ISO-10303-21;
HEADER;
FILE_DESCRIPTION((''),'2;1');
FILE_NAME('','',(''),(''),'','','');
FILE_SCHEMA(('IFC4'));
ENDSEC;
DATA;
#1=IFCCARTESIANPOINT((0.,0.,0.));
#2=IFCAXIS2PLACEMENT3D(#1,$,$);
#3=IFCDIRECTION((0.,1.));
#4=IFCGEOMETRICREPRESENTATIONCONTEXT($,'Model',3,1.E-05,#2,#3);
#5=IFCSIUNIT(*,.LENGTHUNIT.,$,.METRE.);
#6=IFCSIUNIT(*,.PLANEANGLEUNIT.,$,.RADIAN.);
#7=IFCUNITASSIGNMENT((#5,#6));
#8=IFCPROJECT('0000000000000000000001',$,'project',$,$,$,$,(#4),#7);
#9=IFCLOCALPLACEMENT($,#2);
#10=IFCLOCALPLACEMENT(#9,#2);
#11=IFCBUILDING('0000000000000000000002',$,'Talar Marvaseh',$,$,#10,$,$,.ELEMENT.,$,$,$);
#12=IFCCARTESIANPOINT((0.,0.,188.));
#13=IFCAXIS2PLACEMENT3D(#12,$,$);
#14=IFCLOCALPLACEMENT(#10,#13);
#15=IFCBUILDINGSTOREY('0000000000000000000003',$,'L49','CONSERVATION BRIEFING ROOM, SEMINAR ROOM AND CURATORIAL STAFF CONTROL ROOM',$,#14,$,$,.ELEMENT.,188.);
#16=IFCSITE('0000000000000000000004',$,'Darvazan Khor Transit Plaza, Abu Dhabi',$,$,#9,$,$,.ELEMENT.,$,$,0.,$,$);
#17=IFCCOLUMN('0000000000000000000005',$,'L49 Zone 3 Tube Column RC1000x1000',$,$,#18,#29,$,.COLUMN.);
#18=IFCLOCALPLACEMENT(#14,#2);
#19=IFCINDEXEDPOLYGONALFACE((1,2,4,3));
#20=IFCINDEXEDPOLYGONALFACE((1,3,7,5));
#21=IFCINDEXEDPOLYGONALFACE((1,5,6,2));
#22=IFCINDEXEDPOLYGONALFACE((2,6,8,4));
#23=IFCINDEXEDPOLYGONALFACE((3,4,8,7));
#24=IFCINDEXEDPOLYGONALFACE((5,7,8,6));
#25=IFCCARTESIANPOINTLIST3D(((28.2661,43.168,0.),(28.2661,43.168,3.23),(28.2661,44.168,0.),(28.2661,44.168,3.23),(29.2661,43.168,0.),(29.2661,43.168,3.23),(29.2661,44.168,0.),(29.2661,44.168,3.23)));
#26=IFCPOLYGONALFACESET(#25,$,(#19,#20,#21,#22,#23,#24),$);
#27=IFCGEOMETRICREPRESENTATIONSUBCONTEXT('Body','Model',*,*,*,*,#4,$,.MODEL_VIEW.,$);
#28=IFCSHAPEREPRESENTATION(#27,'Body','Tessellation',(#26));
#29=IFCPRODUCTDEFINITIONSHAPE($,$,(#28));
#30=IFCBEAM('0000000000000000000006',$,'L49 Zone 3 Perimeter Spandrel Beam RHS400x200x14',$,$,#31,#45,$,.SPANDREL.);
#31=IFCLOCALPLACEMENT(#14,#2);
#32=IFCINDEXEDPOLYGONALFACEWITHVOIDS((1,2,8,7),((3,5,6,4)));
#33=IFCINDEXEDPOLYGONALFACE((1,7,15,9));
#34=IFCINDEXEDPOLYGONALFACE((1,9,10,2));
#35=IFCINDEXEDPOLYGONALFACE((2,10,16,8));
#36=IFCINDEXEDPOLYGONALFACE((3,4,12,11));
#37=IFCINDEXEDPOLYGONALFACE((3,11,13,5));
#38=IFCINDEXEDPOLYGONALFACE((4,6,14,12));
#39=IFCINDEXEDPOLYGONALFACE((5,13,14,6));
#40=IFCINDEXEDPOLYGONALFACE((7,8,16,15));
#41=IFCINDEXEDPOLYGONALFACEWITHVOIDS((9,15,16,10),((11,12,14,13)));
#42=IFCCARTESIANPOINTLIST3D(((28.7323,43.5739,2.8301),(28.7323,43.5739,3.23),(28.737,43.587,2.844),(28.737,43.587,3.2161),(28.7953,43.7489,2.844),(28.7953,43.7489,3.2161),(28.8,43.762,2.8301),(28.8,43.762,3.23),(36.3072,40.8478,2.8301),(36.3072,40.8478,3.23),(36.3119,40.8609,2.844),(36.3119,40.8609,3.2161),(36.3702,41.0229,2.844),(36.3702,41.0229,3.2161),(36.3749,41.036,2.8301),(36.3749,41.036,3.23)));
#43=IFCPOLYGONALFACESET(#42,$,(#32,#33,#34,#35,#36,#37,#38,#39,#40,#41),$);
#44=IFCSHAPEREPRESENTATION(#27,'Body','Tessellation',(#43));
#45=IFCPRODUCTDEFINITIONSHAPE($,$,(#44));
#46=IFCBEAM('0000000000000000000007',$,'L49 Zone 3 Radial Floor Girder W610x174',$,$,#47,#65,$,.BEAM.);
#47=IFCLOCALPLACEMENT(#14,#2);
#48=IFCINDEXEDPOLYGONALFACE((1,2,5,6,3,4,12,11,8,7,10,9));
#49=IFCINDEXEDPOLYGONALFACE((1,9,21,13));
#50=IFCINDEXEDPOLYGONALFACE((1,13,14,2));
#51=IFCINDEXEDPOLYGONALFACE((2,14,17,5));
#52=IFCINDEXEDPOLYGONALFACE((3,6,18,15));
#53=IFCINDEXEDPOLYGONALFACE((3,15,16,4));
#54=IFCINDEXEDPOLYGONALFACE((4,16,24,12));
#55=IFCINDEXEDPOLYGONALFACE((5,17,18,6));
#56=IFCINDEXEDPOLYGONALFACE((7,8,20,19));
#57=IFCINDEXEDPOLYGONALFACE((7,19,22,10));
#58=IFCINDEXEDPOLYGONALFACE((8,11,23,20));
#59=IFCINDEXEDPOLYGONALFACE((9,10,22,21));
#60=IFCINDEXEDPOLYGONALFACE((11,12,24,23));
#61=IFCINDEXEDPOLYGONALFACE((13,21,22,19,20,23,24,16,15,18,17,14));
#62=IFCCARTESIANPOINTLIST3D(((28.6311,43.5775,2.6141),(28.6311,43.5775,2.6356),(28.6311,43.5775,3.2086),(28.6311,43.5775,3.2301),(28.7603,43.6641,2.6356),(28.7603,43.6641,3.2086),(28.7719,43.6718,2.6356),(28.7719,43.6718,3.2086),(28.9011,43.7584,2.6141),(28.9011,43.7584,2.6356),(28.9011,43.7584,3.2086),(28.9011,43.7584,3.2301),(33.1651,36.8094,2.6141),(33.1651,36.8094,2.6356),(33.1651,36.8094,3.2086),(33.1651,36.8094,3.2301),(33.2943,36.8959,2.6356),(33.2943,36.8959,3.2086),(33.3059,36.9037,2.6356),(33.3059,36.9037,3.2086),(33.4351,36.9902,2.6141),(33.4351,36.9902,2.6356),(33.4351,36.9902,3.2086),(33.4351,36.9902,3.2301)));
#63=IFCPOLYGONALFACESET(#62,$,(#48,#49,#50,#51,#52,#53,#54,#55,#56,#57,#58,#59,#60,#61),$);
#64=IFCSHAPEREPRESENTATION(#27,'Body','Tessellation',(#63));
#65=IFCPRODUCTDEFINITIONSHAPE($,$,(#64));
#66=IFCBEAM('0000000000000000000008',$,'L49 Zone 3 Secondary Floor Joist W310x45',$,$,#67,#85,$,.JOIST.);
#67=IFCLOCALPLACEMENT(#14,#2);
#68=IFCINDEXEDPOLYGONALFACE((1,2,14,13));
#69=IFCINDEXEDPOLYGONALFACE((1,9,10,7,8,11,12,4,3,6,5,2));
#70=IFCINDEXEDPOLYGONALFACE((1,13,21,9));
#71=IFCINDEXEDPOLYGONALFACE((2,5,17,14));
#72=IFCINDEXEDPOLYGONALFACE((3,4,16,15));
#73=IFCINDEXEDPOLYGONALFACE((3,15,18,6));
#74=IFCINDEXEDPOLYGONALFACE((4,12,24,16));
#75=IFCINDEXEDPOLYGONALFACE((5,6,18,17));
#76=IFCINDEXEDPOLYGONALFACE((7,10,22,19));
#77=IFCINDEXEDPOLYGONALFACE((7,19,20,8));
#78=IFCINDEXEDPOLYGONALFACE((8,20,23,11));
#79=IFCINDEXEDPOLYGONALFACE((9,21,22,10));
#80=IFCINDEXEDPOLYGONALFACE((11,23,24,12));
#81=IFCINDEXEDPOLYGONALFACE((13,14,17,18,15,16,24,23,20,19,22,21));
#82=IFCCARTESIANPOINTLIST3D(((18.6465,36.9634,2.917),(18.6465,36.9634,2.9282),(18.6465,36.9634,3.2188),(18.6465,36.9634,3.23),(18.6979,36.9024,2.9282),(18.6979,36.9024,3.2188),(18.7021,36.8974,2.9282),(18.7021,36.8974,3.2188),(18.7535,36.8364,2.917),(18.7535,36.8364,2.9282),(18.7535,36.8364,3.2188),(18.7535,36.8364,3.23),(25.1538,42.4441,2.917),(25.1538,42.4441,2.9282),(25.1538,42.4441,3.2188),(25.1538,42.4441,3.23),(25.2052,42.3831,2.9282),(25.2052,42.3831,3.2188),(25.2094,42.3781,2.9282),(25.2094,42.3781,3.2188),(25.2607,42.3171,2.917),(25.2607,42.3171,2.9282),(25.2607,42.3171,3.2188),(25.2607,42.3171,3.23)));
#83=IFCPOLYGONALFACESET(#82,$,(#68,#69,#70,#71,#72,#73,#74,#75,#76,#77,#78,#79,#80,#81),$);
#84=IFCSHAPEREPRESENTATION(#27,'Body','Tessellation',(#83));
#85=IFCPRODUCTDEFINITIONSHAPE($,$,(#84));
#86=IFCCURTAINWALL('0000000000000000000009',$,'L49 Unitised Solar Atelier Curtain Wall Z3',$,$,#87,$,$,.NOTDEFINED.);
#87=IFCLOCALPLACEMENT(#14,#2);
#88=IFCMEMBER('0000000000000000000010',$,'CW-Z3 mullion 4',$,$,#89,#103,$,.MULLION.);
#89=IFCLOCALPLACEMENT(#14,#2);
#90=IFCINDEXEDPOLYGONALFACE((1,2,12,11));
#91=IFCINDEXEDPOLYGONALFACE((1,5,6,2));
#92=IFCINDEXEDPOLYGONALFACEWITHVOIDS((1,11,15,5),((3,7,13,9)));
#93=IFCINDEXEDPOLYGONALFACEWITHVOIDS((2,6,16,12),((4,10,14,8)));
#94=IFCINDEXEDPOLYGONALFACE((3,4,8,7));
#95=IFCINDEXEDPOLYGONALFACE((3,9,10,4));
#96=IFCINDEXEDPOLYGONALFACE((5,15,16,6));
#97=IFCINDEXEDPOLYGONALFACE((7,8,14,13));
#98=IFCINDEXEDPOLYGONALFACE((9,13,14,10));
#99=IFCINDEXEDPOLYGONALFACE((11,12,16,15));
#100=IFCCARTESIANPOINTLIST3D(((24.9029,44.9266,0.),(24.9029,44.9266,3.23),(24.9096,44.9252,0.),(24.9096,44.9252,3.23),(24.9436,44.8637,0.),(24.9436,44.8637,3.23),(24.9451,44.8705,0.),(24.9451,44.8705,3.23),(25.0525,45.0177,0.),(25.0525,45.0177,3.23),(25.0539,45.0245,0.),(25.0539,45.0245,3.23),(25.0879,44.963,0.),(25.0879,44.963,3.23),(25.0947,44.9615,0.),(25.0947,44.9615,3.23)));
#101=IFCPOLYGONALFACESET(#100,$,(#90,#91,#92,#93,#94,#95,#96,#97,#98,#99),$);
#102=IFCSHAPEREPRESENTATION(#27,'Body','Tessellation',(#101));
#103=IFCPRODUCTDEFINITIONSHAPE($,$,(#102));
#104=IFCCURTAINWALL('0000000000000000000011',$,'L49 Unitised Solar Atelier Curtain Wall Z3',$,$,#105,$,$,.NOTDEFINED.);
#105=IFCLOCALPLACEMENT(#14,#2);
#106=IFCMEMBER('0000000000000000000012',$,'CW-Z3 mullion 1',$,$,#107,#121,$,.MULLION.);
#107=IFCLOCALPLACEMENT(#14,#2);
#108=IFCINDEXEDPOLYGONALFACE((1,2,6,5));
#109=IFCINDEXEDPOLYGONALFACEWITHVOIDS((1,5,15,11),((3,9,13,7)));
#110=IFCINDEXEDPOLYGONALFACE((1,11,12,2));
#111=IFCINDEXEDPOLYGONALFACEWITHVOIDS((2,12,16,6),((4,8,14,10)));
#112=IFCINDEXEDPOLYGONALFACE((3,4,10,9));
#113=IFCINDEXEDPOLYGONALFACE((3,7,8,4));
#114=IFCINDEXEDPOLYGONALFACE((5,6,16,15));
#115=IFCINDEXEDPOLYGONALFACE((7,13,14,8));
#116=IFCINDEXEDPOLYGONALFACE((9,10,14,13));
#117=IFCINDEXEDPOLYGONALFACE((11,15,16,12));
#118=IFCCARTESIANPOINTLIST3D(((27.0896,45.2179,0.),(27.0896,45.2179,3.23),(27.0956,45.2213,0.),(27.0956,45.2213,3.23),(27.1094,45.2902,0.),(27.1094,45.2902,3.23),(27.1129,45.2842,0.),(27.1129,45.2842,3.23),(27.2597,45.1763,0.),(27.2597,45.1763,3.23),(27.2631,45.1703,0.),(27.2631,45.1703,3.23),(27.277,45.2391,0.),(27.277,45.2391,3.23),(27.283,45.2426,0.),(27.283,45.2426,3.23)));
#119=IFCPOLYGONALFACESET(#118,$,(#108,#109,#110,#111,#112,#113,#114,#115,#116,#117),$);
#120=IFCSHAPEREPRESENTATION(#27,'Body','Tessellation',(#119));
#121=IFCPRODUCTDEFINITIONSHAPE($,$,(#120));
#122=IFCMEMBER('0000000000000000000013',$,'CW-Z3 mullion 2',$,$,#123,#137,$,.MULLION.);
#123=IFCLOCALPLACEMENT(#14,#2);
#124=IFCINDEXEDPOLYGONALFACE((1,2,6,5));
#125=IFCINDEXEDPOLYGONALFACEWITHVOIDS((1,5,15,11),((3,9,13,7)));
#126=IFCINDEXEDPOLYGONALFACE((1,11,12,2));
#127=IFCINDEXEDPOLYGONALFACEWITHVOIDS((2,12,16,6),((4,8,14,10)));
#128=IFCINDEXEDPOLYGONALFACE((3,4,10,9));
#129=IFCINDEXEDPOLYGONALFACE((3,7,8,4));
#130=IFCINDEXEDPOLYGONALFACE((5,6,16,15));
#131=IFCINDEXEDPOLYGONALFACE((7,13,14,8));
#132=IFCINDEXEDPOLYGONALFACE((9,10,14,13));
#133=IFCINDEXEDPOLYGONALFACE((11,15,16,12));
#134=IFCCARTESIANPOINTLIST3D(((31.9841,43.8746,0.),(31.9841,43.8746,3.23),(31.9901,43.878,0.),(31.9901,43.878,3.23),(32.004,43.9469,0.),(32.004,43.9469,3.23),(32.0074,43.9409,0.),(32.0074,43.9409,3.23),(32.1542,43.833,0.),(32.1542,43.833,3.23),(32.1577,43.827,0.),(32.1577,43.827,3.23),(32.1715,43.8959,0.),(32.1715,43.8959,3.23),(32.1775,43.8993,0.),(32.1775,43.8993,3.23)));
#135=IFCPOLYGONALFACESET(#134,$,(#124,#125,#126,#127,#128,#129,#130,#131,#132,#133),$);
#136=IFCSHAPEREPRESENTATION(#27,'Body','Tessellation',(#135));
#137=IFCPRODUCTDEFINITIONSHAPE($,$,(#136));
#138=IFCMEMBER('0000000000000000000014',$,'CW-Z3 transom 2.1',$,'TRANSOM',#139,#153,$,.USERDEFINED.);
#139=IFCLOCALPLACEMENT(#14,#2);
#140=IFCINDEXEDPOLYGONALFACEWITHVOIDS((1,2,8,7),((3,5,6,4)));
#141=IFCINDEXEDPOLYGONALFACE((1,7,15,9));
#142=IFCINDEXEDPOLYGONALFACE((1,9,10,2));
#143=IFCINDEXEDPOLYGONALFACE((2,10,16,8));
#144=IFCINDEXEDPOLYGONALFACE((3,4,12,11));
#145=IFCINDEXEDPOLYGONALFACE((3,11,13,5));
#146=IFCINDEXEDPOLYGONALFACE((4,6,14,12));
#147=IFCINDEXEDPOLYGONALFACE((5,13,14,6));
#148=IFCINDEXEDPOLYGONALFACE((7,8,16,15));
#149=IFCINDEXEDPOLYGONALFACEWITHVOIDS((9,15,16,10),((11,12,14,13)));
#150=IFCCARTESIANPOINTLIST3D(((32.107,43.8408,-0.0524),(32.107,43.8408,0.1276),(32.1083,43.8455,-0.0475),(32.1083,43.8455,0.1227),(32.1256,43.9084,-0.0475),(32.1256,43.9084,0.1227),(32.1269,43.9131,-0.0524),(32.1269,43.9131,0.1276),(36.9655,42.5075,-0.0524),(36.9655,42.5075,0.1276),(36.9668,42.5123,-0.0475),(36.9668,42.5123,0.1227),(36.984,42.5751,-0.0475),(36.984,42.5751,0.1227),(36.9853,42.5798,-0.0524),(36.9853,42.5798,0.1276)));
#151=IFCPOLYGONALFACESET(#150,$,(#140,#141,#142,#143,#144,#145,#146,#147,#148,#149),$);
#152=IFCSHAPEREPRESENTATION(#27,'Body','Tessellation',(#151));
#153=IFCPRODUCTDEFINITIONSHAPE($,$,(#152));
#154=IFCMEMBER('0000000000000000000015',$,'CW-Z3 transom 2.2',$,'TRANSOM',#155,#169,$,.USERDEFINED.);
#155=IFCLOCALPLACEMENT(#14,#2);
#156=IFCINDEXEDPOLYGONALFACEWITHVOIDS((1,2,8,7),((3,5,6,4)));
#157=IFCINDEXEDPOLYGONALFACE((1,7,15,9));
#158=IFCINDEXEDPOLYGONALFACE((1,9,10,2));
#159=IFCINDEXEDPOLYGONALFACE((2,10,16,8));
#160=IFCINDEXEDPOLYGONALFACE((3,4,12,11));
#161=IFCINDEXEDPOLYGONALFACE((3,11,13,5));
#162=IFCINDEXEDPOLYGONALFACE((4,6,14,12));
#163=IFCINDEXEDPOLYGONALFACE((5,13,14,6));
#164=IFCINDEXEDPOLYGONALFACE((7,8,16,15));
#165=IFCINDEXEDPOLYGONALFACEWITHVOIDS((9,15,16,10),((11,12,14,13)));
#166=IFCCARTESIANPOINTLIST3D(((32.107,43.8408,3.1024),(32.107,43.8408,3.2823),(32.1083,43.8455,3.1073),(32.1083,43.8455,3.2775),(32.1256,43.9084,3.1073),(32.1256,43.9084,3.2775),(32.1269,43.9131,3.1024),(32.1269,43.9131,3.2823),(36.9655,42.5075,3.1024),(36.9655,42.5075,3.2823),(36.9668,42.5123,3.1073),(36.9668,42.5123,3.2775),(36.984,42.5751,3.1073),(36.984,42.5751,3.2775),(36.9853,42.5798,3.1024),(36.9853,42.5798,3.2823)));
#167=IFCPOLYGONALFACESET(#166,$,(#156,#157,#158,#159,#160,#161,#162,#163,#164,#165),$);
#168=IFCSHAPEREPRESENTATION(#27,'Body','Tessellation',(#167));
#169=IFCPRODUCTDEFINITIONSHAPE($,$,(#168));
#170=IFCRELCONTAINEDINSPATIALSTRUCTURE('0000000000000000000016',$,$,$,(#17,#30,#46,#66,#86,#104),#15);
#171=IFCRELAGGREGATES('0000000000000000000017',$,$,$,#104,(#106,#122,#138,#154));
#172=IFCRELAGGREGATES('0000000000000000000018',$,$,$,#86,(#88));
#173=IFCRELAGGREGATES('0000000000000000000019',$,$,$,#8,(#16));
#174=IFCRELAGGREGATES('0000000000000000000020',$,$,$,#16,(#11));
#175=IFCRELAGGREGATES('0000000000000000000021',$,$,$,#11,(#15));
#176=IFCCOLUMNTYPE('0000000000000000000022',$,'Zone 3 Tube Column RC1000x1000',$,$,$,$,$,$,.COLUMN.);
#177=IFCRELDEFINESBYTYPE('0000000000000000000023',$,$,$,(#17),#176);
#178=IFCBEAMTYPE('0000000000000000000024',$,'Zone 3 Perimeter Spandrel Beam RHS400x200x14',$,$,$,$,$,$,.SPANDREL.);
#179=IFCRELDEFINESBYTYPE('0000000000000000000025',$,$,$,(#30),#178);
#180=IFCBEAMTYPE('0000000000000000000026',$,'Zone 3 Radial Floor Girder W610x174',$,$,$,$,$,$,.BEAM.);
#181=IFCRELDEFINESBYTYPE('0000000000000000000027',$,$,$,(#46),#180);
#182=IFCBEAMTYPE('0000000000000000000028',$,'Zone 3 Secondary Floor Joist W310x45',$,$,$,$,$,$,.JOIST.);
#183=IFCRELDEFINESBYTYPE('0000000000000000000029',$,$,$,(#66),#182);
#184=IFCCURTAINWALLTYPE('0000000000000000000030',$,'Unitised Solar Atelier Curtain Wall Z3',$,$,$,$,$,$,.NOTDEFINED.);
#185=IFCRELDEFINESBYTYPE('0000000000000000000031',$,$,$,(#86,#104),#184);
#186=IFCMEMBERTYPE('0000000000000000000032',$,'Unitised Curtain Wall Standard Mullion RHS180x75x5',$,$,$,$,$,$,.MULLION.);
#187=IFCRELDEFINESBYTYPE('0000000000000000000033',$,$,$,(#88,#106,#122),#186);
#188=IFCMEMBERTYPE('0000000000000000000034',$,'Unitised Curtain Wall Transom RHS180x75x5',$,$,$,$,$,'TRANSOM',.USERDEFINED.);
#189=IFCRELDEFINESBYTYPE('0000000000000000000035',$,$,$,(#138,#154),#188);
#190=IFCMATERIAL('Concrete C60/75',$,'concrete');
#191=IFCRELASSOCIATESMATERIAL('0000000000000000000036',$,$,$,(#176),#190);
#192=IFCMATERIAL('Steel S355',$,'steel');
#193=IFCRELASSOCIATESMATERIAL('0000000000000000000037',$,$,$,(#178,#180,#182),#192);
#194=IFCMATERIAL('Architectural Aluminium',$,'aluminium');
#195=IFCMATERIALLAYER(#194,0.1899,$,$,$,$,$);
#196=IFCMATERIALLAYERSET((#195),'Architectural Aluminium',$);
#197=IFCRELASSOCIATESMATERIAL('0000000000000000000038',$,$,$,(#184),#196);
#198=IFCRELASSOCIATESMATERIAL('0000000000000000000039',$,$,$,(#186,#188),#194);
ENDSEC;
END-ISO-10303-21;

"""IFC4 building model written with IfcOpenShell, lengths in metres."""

from ifc_helpers import new_model, si_unit, direction, frame, origin, origin_2d, place, context, subcontext, project, spatial, rectangle, hollow_rectangle, i_section, extrude, source, transform, mapped, material, layer, layer_set, material_profile, profile_set, type_object, type_shapes, element, aggregate, save


model = new_model("IFC4")

# Units and contexts
model_context = context("Model", 3, precision=1e-05, world=origin(), true_north=direction((0.0, 1.0)))
body_context = subcontext(model_context, "Body", "Model", "MODEL_VIEW")
ifc_project = project(units=[si_unit("LENGTHUNIT", "METRE"), si_unit("PLANEANGLEUNIT", "RADIAN")], contexts=[model_context])

# Site, building, storey
site_placement = place(None, origin())
site = spatial("IfcSite", under=ifc_project, at=site_placement, Name="Darvazan Khor Transit Plaza, Abu Dhabi", CompositionType="ELEMENT", RefElevation=0.0)
building_placement = place(site_placement, origin())
building = spatial("IfcBuilding", under=site, at=building_placement, Name="Talar Marvaseh", CompositionType="ELEMENT")
storey_placement = place(building_placement, frame((0.0, 0.0, 188.0)))
storey = spatial("IfcBuildingStorey", under=building, at=storey_placement, Name="L49", Description="CONSERVATION BRIEFING ROOM, SEMINAR ROOM AND CURATORIAL STAFF CONTROL ROOM", CompositionType="ELEMENT", Elevation=188.0)

# Column
ifc_material_1 = material(Name="Concrete C60/75", Category="concrete")
ifc_material_profile_1 = material_profile(ifc_material_1, rectangle(XDim=1.0, YDim=1.0, at=origin_2d()), Name="RC1000x1000")
ifc_profile_set_1 = profile_set([ifc_material_profile_1], Name="Concrete C60/75")
column_type = type_object("IfcColumnType", Name="Zone 3 Tube Column RC1000x1000", PredefinedType="COLUMN", material=ifc_profile_set_1)
column_placement = place(storey_placement, frame((28.7661, 43.668, 0.0), z_axis=(0.0, 0.0, 1.0), x_axis=(1.0, 0.0, 0.0)))
element("IfcColumn", 1, at=column_placement, inside=storey, type_object=column_type, Name="L49 Zone 3 Tube Column RC1000x1000", PredefinedType="COLUMN", context=body_context, shape_type="SweptSolid", body=[
    extrude(rectangle(XDim=1.0, YDim=1.0, at=origin_2d()), origin(), (0.0, 0.0, 1.0), 3.23),
])

# Beams
ifc_material_2 = material(Name="Steel S355", Category="steel")
ifc_material_profile_2 = material_profile(ifc_material_2, hollow_rectangle(XDim=0.2, YDim=0.3999, WallThickness=0.0139, at=origin_2d()), Name="RHS400x200x14")
ifc_profile_set_2 = profile_set([ifc_material_profile_2], Name="Steel S355")
beam_type_1 = type_object("IfcBeamType", Name="Zone 3 Perimeter Spandrel Beam RHS400x200x14", PredefinedType="SPANDREL", material=ifc_profile_set_2)
beam_1_placement = place(storey_placement, frame((28.7661, 43.668, 3.03), z_axis=(0.940923, -0.33862, 0.0), x_axis=(0.33862, 0.940923, 0.0)))
element("IfcBeam", 2, at=beam_1_placement, inside=storey, type_object=beam_type_1, Name="L49 Zone 3 Perimeter Spandrel Beam RHS400x200x14", PredefinedType="SPANDREL", context=body_context, shape_type="SweptSolid", body=[
    extrude(hollow_rectangle(XDim=0.2, YDim=0.3999, WallThickness=0.0139, at=origin_2d()), origin(), (0.0, 0.0, 1.0), 8.0505),
])
ifc_material_profile_3 = material_profile(ifc_material_2, i_section(OverallWidth=0.325, OverallDepth=0.616, WebThickness=0.0139, FlangeThickness=0.0215, at=origin_2d()), Name="W610x174")
ifc_profile_set_3 = profile_set([ifc_material_profile_3], Name="Steel S355")
beam_type_2 = type_object("IfcBeamType", Name="Zone 3 Radial Floor Girder W610x174", PredefinedType="BEAM", material=ifc_profile_set_3)
beam_2_placement = place(storey_placement, frame((28.7661, 43.668, 2.9221), z_axis=(0.556559, -0.830808, 0.0), x_axis=(0.830808, 0.556559, 0.0)))
element("IfcBeam", 3, at=beam_2_placement, inside=storey, type_object=beam_type_2, Name="L49 Zone 3 Radial Floor Girder W610x174", PredefinedType="BEAM", context=body_context, shape_type="SweptSolid", body=[
    extrude(i_section(OverallWidth=0.325, OverallDepth=0.616, WebThickness=0.0139, FlangeThickness=0.0215, at=origin_2d()), origin(), (0.0, 0.0, 1.0), 8.1465),
])
ifc_material_profile_4 = material_profile(ifc_material_2, i_section(OverallWidth=0.166, OverallDepth=0.313, WebThickness=0.0066, FlangeThickness=0.0112, at=origin_2d()), Name="W310x45")
ifc_profile_set_4 = profile_set([ifc_material_profile_4], Name="Steel S355")
beam_type_3 = type_object("IfcBeamType", Name="Zone 3 Secondary Floor Joist W310x45", PredefinedType="JOIST", material=ifc_profile_set_4)
beam_3_placement = place(storey_placement, frame((25.2073, 42.3806, 3.0735), z_axis=(-0.764861, -0.644195, 0.0), x_axis=(0.644195, -0.764861, 0.0)))
element("IfcBeam", 4, at=beam_3_placement, inside=storey, type_object=beam_type_3, Name="L49 Zone 3 Secondary Floor Joist W310x45", PredefinedType="JOIST", context=body_context, shape_type="SweptSolid", body=[
    extrude(i_section(OverallWidth=0.166, OverallDepth=0.313, WebThickness=0.0066, FlangeThickness=0.0112, at=origin_2d()), origin(), (0.0, 0.0, 1.0), 8.5078),
])

# Curtain wall, member
ifc_material_3 = material(Name="Architectural Aluminium", Category="aluminium")
ifc_layer_1 = layer(ifc_material_3, 0.1899)
ifc_layer_set_1 = layer_set([ifc_layer_1], Name="Architectural Aluminium")
curtain_wall_type = type_object("IfcCurtainWallType", Name="Unitised Solar Atelier Curtain Wall Z3", PredefinedType="NOTDEFINED", material=ifc_layer_set_1)
curtain_wall_1_placement = place(storey_placement, origin())
curtain_wall_1 = element("IfcCurtainWall", 5, at=curtain_wall_1_placement, inside=storey, type_object=curtain_wall_type, Name="L49 Unitised Solar Atelier Curtain Wall Z3", PredefinedType="NOTDEFINED")
ifc_material_profile_5 = material_profile(ifc_material_3, hollow_rectangle(XDim=0.075, YDim=0.1799, WallThickness=0.0049, at=origin_2d()), Name="RHS180x75x5")
ifc_profile_set_5 = profile_set([ifc_material_profile_5], Name="Architectural Aluminium")
member_type_1 = type_object("IfcMemberType", Name="Unitised Curtain Wall Standard Mullion RHS180x75x5", PredefinedType="MULLION", material=ifc_profile_set_5)
shared_shape_1 = source(origin(), body_context, "Body", "SweptSolid", [
    extrude(hollow_rectangle(XDim=0.075, YDim=0.1799, WallThickness=0.0049, at=origin_2d()), origin(), (0.0, 0.0, 1.0), 3.23),
])
type_shapes(member_type_1, [shared_shape_1])
member_1_placement = place(storey_placement, frame((24.9988, 44.9441, 0.0), z_axis=(0.0, 0.0, 1.0), x_axis=(-0.543642, 0.839317, 0.0)))
member_1 = element("IfcMember", 6, at=member_1_placement, type_object=member_type_1, Name="CW-Z3 mullion 4", PredefinedType="MULLION", context=body_context, shape_type="MappedRepresentation", body=[
    mapped(shared_shape_1, transform((0.0, 0.0, 0.0), x_axis=(1.0, 0.0, 0.0), y_axis=(0.0, 1.0, 0.0), z_axis=(0.0, 0.0, 1.0), scale=1.0)),
])

# Curtain wall, members
curtain_wall_2_placement = place(storey_placement, origin())
curtain_wall_2 = element("IfcCurtainWall", 7, at=curtain_wall_2_placement, inside=storey, type_object=curtain_wall_type, Name="L49 Unitised Solar Atelier Curtain Wall Z3", PredefinedType="NOTDEFINED")
member_2_placement = place(storey_placement, frame((27.1863, 45.2302, 0.0), z_axis=(0.0, 0.0, 1.0), x_axis=(0.264652, 0.964344, 0.0)))
member_2 = element("IfcMember", 8, at=member_2_placement, type_object=member_type_1, Name="CW-Z3 mullion 1", PredefinedType="MULLION", context=body_context, shape_type="MappedRepresentation", body=[
    mapped(shared_shape_1, transform((0.0, 0.0, 0.0), x_axis=(1.0, 0.0, 0.0), y_axis=(0.0, 1.0, 0.0), z_axis=(0.0, 0.0, 1.0), scale=1.0)),
])
member_3_placement = place(storey_placement, frame((32.0808, 43.887, 0.0), z_axis=(0.0, 0.0, 1.0), x_axis=(0.264652, 0.964344, 0.0)))
member_3 = element("IfcMember", 9, at=member_3_placement, type_object=member_type_1, Name="CW-Z3 mullion 2", PredefinedType="MULLION", context=body_context, shape_type="MappedRepresentation", body=[
    mapped(shared_shape_1, transform((0.0, 0.0, 0.0), x_axis=(1.0, 0.0, 0.0), y_axis=(0.0, 1.0, 0.0), z_axis=(0.0, 0.0, 1.0), scale=1.0)),
])
ifc_material_profile_6 = material_profile(ifc_material_3, hollow_rectangle(XDim=0.075, YDim=0.1799, WallThickness=0.0049, at=origin_2d()), Name="RHS180x75x5")
ifc_profile_set_6 = profile_set([ifc_material_profile_6], Name="Architectural Aluminium")
member_type_2 = type_object("IfcMemberType", Name="Unitised Curtain Wall Transom RHS180x75x5", ElementType="TRANSOM", PredefinedType="USERDEFINED", material=ifc_profile_set_6)
shared_shape_2 = source(origin(), body_context, "Body", "SweptSolid", [
    extrude(hollow_rectangle(XDim=0.075, YDim=0.1799, WallThickness=0.0049, at=origin_2d()), origin(), (0.0, 0.0, 1.0), 5.0381),
])
member_4_placement = place(storey_placement, frame((32.1169, 43.877, 0.0376), z_axis=(0.964348, -0.264638, 0.0), x_axis=(0.264638, 0.964348, 0.0)))
member_4 = element("IfcMember", 10, at=member_4_placement, type_object=member_type_2, Name="CW-Z3 transom 2.1", ObjectType="TRANSOM", PredefinedType="USERDEFINED", context=body_context, shape_type="MappedRepresentation", body=[
    mapped(shared_shape_2, transform((0.0, 0.0, 0.0), x_axis=(1.0, 0.0, 0.0), y_axis=(0.0, 1.0, 0.0), z_axis=(0.0, 0.0, 1.0), scale=1.0)),
])
member_5_placement = place(storey_placement, frame((32.1169, 43.877, 3.1924), z_axis=(0.964348, -0.264638, 0.0), x_axis=(0.264638, 0.964348, 0.0)))
member_5 = element("IfcMember", 11, at=member_5_placement, type_object=member_type_2, Name="CW-Z3 transom 2.2", ObjectType="TRANSOM", PredefinedType="USERDEFINED", context=body_context, shape_type="MappedRepresentation", body=[
    mapped(shared_shape_2, transform((0.0, 0.0, 0.0), x_axis=(1.0, 0.0, 0.0), y_axis=(0.0, 1.0, 0.0), z_axis=(0.0, 0.0, 1.0), scale=1.0)),
])
aggregate(curtain_wall_2, [member_2, member_3, member_4, member_5])

aggregate(curtain_wall_1, [member_1])

save(model, "model.ifc")
